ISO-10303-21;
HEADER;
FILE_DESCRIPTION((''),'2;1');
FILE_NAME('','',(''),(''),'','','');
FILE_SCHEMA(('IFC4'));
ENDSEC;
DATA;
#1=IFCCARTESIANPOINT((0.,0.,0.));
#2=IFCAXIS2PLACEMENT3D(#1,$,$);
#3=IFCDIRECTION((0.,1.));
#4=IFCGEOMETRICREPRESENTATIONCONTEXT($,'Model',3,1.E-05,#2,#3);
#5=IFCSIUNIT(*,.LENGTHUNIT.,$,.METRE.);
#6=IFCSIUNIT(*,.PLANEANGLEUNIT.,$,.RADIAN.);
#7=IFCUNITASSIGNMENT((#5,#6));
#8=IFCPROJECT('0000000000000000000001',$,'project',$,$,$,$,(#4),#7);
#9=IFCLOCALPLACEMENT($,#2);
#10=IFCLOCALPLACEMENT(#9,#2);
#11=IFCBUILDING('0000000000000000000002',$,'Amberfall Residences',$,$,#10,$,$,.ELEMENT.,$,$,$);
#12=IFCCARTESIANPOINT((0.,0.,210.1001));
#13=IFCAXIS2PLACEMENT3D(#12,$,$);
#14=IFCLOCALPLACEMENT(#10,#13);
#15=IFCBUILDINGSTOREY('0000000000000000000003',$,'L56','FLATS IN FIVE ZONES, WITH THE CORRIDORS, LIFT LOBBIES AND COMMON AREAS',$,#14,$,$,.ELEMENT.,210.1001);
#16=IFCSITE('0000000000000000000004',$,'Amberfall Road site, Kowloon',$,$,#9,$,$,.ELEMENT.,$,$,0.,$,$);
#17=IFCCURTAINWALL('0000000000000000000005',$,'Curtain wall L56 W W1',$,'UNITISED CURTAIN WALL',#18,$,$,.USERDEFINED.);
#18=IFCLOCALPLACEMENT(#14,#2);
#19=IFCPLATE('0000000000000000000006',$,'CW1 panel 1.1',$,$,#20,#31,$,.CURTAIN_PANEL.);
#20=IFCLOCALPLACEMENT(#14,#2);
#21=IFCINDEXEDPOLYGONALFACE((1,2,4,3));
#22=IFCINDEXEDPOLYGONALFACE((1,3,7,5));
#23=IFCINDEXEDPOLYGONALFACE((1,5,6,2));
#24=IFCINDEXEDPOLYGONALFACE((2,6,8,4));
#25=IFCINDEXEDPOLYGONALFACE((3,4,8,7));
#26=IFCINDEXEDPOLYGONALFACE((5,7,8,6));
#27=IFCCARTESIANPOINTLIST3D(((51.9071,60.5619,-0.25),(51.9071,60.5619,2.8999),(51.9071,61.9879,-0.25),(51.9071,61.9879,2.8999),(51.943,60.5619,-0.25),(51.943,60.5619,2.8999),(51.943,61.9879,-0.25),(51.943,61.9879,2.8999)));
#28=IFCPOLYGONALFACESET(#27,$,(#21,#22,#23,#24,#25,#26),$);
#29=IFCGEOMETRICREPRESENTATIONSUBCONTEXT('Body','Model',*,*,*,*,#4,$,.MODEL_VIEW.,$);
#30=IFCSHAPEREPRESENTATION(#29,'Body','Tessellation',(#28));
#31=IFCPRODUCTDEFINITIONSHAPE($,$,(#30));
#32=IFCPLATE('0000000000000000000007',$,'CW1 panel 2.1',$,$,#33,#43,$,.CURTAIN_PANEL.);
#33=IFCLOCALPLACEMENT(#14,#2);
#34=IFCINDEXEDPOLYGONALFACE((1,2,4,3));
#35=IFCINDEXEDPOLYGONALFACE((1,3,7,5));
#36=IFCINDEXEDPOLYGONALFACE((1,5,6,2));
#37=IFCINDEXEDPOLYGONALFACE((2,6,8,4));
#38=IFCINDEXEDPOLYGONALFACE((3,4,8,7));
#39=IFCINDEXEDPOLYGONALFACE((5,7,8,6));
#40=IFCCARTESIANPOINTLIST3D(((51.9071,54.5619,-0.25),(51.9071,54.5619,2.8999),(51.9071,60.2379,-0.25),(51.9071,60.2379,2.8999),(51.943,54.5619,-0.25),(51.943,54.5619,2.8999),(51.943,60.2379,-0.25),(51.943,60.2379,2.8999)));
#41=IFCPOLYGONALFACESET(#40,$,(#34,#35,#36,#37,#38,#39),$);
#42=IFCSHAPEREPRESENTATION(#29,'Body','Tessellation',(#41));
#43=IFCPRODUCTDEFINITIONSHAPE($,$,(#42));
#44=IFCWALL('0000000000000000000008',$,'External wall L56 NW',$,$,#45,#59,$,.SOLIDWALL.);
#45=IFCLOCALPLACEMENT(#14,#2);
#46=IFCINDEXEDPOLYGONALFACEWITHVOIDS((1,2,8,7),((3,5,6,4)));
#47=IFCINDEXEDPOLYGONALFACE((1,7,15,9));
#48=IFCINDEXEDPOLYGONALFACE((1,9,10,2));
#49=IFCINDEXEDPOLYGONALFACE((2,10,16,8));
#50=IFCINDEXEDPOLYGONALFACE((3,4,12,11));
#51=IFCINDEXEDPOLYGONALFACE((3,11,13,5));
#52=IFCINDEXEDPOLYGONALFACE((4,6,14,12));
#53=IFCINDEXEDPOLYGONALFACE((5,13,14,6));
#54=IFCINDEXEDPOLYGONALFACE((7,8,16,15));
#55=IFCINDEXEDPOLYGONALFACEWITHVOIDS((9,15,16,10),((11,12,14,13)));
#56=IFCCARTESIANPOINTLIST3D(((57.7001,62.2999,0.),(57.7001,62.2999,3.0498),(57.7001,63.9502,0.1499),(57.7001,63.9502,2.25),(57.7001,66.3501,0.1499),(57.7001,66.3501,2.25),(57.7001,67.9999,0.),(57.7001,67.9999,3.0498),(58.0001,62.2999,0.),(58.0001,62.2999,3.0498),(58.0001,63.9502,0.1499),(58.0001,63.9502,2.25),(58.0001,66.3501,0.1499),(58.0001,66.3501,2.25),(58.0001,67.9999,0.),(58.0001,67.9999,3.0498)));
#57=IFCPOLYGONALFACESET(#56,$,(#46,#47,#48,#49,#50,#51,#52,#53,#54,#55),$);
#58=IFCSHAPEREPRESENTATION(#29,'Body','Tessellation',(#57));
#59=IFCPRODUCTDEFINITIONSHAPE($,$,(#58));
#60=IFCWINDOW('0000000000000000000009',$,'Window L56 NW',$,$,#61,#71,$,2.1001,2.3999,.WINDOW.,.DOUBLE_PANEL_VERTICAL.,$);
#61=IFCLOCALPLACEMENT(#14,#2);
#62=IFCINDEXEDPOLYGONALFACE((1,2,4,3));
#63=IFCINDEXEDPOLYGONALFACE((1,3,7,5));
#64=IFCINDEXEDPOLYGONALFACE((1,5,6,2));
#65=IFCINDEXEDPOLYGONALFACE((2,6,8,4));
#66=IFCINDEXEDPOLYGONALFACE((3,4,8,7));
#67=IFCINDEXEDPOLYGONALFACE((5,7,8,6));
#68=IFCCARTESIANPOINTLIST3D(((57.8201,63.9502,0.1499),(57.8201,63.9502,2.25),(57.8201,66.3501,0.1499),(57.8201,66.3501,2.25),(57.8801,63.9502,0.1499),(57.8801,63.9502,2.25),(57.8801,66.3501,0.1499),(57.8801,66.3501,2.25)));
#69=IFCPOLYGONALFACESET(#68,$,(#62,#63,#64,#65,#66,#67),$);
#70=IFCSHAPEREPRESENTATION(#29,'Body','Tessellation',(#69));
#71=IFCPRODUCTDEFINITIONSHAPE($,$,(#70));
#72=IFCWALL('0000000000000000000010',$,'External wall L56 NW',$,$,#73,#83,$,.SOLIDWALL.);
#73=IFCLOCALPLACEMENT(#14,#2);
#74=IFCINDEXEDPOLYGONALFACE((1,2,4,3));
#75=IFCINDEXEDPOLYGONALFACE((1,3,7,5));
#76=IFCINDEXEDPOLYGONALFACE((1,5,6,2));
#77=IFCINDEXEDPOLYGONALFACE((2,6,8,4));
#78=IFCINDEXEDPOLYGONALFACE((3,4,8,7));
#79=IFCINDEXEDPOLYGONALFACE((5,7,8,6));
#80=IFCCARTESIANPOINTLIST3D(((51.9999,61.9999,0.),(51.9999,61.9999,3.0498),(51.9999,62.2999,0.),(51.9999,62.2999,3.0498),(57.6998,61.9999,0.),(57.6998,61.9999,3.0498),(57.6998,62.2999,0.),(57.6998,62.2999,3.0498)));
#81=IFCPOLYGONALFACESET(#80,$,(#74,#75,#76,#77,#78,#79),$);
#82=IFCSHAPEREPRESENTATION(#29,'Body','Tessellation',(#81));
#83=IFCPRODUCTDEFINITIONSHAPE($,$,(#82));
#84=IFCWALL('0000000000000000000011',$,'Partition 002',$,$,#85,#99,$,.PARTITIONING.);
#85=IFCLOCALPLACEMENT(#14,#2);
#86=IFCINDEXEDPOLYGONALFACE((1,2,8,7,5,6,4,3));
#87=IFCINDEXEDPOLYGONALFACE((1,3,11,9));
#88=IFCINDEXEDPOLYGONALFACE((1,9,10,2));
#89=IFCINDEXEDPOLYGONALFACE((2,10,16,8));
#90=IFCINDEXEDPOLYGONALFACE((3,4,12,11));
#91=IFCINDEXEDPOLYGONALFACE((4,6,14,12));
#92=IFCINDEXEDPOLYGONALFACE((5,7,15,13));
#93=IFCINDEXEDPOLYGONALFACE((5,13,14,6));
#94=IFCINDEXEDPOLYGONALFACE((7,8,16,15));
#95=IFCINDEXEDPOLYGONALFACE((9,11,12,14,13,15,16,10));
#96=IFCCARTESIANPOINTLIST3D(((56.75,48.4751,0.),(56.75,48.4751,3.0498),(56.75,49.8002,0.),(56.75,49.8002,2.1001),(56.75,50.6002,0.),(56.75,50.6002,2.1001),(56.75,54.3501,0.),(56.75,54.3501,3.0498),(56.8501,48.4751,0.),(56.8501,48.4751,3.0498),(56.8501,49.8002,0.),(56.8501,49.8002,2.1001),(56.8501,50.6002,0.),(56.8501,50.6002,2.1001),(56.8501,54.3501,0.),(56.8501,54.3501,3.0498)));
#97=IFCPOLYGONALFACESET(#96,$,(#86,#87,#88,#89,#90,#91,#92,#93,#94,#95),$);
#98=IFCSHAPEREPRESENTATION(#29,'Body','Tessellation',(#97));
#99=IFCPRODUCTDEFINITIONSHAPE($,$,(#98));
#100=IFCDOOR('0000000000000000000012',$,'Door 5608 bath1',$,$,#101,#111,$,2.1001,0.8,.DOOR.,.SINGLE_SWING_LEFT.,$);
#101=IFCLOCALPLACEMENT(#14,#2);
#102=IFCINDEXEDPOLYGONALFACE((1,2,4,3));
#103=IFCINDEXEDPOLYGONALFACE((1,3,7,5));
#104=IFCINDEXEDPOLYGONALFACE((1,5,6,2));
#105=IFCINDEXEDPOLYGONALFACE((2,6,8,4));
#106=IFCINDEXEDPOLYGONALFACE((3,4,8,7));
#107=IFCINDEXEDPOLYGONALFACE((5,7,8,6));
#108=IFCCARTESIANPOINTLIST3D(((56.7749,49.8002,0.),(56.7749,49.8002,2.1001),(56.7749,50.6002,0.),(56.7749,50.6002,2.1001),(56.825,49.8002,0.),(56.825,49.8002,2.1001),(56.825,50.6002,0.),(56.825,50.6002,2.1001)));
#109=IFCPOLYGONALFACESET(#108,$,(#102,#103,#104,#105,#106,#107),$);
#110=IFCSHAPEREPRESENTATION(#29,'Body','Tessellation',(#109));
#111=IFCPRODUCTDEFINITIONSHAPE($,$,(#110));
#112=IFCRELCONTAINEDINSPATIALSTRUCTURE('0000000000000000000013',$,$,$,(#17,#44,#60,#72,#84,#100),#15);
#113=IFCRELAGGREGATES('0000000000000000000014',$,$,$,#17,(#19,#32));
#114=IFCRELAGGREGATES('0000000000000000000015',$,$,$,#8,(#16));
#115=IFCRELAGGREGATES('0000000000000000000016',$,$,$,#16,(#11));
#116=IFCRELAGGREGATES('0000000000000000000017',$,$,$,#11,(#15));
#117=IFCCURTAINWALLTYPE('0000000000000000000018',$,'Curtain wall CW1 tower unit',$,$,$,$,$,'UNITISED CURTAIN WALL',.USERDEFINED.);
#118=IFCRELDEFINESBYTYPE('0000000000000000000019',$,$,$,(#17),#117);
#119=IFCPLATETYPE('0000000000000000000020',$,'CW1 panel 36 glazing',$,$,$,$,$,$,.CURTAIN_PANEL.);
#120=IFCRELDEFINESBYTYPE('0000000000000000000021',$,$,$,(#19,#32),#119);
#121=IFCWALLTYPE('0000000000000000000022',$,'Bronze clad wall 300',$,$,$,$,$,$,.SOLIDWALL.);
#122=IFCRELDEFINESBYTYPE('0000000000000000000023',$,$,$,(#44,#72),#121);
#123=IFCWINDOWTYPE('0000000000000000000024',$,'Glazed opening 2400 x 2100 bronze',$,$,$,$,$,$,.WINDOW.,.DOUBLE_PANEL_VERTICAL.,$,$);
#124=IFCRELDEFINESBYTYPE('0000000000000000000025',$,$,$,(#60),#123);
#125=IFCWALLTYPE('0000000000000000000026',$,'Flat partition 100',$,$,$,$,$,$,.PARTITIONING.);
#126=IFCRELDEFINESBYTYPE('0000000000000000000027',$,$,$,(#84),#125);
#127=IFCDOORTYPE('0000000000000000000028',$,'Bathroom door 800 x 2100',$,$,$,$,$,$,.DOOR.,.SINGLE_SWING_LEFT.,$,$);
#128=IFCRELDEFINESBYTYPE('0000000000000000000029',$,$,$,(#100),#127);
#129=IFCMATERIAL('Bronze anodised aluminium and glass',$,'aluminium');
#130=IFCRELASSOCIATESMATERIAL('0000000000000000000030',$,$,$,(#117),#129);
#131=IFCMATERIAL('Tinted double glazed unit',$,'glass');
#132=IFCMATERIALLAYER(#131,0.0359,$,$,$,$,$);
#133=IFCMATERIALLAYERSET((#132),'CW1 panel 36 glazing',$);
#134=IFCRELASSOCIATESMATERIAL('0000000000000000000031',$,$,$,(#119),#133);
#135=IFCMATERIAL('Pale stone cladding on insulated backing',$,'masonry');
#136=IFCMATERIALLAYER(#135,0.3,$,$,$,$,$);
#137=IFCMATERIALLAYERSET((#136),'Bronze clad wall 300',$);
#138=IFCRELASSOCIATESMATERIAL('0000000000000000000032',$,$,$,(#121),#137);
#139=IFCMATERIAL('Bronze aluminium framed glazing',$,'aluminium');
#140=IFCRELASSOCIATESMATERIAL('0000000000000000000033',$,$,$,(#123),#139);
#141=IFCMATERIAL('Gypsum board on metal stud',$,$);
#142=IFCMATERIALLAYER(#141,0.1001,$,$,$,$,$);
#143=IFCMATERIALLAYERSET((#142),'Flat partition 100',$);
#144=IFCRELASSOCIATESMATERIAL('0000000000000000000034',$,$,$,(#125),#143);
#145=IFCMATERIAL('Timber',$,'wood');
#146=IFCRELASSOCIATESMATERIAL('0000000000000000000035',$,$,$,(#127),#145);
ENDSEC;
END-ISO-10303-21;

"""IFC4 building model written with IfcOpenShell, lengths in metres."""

from ifc_helpers import new_model, si_unit, direction, frame, frame_2d, origin, origin_2d, place, context, subcontext, project, spatial, rectangle, extrude, material, layer, layer_set, type_object, element, fill, aggregate, save


model = new_model("IFC4")

# Units and contexts
model_context = context("Model", 3, precision=1e-05, world=origin(), true_north=direction((0.0, 1.0)))
body_context = subcontext(model_context, "Body", "Model", "MODEL_VIEW")
ifc_project = project(units=[si_unit("LENGTHUNIT", "METRE"), si_unit("PLANEANGLEUNIT", "RADIAN")], contexts=[model_context])

# Site, building, storey
site_placement = place(None, origin())
site = spatial("IfcSite", under=ifc_project, at=site_placement, Name="Amberfall Road site, Kowloon", CompositionType="ELEMENT", RefElevation=0.0)
building_placement = place(site_placement, origin())
building = spatial("IfcBuilding", under=site, at=building_placement, Name="Amberfall Residences", CompositionType="ELEMENT")
storey_placement = place(building_placement, frame((0.0, 0.0, 210.1001)))
storey = spatial("IfcBuildingStorey", under=building, at=storey_placement, Name="L56", Description="FLATS IN FIVE ZONES, WITH THE CORRIDORS, LIFT LOBBIES AND COMMON AREAS", CompositionType="ELEMENT", Elevation=210.1001)

# Curtain wall
ifc_material_1 = material(Name="Bronze anodised aluminium and glass", Category="aluminium")
curtain_wall_type = type_object("IfcCurtainWallType", Name="Curtain wall CW1 tower unit", ElementType="UNITISED CURTAIN WALL", PredefinedType="USERDEFINED", material=ifc_material_1)
curtain_wall_1_placement = place(storey_placement, origin())
curtain_wall_1 = element("IfcCurtainWall", 1, at=curtain_wall_1_placement, inside=storey, type_object=curtain_wall_type, Name="Curtain wall L56 W W1", ObjectType="UNITISED CURTAIN WALL", PredefinedType="USERDEFINED")

# Plates
ifc_material_2 = material(Name="Tinted double glazed unit", Category="glass")
ifc_layer_1 = layer(ifc_material_2, 0.0359)
ifc_layer_set_1 = layer_set([ifc_layer_1], Name="CW1 panel 36 glazing")
plate_type = type_object("IfcPlateType", Name="CW1 panel 36 glazing", PredefinedType="CURTAIN_PANEL", material=ifc_layer_set_1)
plate_1_placement = place(storey_placement, frame((51.925, 61.2749, -0.25), z_axis=(0.0, 0.0, 1.0), x_axis=(0.0, -1.0, 0.0)))
plate_1 = element("IfcPlate", 2, at=plate_1_placement, type_object=plate_type, Name="CW1 panel 1.1", PredefinedType="CURTAIN_PANEL", context=body_context, shape_type="SweptSolid", body=[
    extrude(rectangle(XDim=1.426, YDim=0.0359, at=origin_2d()), origin(), (0.0, 0.0, 1.0), 3.1499),
])
plate_2_placement = place(storey_placement, frame((51.925, 57.3999, -0.25), z_axis=(0.0, 0.0, 1.0), x_axis=(0.0, -1.0, 0.0)))
plate_2 = element("IfcPlate", 3, at=plate_2_placement, type_object=plate_type, Name="CW1 panel 2.1", PredefinedType="CURTAIN_PANEL", context=body_context, shape_type="SweptSolid", body=[
    extrude(rectangle(XDim=5.676, YDim=0.0359, at=origin_2d()), origin(), (0.0, 0.0, 1.0), 3.1499),
])
aggregate(curtain_wall_1, [plate_1, plate_2])

# Wall, opening, window
ifc_material_3 = material(Name="Pale stone cladding on insulated backing", Category="masonry")
ifc_layer_2 = layer(ifc_material_3, 0.3)
ifc_layer_set_2 = layer_set([ifc_layer_2], Name="Bronze clad wall 300")
wall_type_1 = type_object("IfcWallType", Name="Bronze clad wall 300", PredefinedType="SOLIDWALL", material=ifc_layer_set_2)
wall_1_placement = place(storey_placement, frame((57.8501, 68.0, 0.0), z_axis=(0.0, 0.0, 1.0), x_axis=(0.0, -1.0, 0.0)))
wall_1 = element("IfcWall", 4, at=wall_1_placement, inside=storey, type_object=wall_type_1, Name="External wall L56 NW", PredefinedType="SOLIDWALL", context=body_context, shape_type="SweptSolid", body=[
    extrude(rectangle(XDim=5.7, YDim=0.3, at=frame_2d((2.8501, 0.0))), origin(), (0.0, 0.0, 1.0), 3.0498),
])
opening_1_placement = place(wall_1_placement, frame((1.6499, 0.0, 0.1499)))
opening_1 = element("IfcOpeningElement", 5, at=opening_1_placement, cuts=wall_1, PredefinedType="OPENING", context=body_context, shape_type="SweptSolid", body=[
    extrude(rectangle(XDim=2.3999, YDim=2.1001, at=frame_2d((1.2, 1.05))), frame((0.0, 0.1599, 0.0), z_axis=(0.0, -1.0, 0.0), x_axis=(1.0, 0.0, 0.0)), (0.0, 0.0, 1.0), 0.3201),
])
ifc_material_4 = material(Name="Bronze aluminium framed glazing", Category="aluminium")
window_type = type_object("IfcWindowType", Name="Glazed opening 2400 x 2100 bronze", PartitioningType="DOUBLE_PANEL_VERTICAL", PredefinedType="WINDOW", material=ifc_material_4)
window_placement = place(opening_1_placement, origin())
window = element("IfcWindow", 6, at=window_placement, inside=storey, type_object=window_type, Name="Window L56 NW", OverallHeight=2.1001, OverallWidth=2.3999, PartitioningType="DOUBLE_PANEL_VERTICAL", PredefinedType="WINDOW", context=body_context, shape_type="SweptSolid", body=[
    extrude(rectangle(XDim=2.3999, YDim=2.1001, at=frame_2d((1.2, 1.05))), frame((0.0, 0.03, 0.0), z_axis=(0.0, -1.0, 0.0), x_axis=(1.0, 0.0, 0.0)), (0.0, 0.0, 1.0), 0.0601),
])
fill(opening_1, window)

# Wall
wall_2_placement = place(storey_placement, frame((57.7, 62.1499, 0.0), z_axis=(0.0, 0.0, 1.0), x_axis=(-1.0, 0.0, 0.0)))
element("IfcWall", 7, at=wall_2_placement, inside=storey, type_object=wall_type_1, Name="External wall L56 NW", PredefinedType="SOLIDWALL", context=body_context, shape_type="SweptSolid", body=[
    extrude(rectangle(XDim=5.7, YDim=0.3, at=frame_2d((2.8501, 0.0))), origin(), (0.0, 0.0, 1.0), 3.0498),
])

# Wall, opening, door
ifc_material_5 = material(Name="Gypsum board on metal stud")
ifc_layer_3 = layer(ifc_material_5, 0.1001)
ifc_layer_set_3 = layer_set([ifc_layer_3], Name="Flat partition 100")
wall_type_2 = type_object("IfcWallType", Name="Flat partition 100", PredefinedType="PARTITIONING", material=ifc_layer_set_3)
wall_3_placement = place(storey_placement, frame((56.8, 54.3501, 0.0), z_axis=(0.0, 0.0, 1.0), x_axis=(0.0, -1.0, 0.0)))
wall_3 = element("IfcWall", 8, at=wall_3_placement, inside=storey, type_object=wall_type_2, Name="Partition 002", PredefinedType="PARTITIONING", context=body_context, shape_type="SweptSolid", body=[
    extrude(rectangle(XDim=5.875, YDim=0.1001, at=frame_2d((2.9375, 0.0))), origin(), (0.0, 0.0, 1.0), 3.0498),
])
opening_2_placement = place(wall_3_placement, frame((3.75, 0.0, 0.0)))
opening_2 = element("IfcOpeningElement", 9, at=opening_2_placement, cuts=wall_3, PredefinedType="OPENING", context=body_context, shape_type="SweptSolid", body=[
    extrude(rectangle(XDim=0.8, YDim=2.1001, at=frame_2d((0.3999, 1.05))), frame((0.0, 0.0601, 0.0), z_axis=(0.0, -1.0, 0.0), x_axis=(1.0, 0.0, 0.0)), (0.0, 0.0, 1.0), 0.1201),
])
ifc_material_6 = material(Name="Timber", Category="wood")
door_type = type_object("IfcDoorType", Name="Bathroom door 800 x 2100", OperationType="SINGLE_SWING_LEFT", PredefinedType="DOOR", material=ifc_material_6)
door_placement = place(opening_2_placement, origin())
door = element("IfcDoor", 10, at=door_placement, inside=storey, type_object=door_type, Name="Door 5608 bath1", OperationType="SINGLE_SWING_LEFT", OverallHeight=2.1001, OverallWidth=0.8, PredefinedType="DOOR", context=body_context, shape_type="SweptSolid", body=[
    extrude(rectangle(XDim=0.8, YDim=2.1001, at=frame_2d((0.3999, 1.05))), frame((0.0, 0.0249, 0.0), z_axis=(0.0, -1.0, 0.0), x_axis=(1.0, 0.0, 0.0)), (0.0, 0.0, 1.0), 0.05),
])
fill(opening_2, door)

save(model, "model.ifc")
